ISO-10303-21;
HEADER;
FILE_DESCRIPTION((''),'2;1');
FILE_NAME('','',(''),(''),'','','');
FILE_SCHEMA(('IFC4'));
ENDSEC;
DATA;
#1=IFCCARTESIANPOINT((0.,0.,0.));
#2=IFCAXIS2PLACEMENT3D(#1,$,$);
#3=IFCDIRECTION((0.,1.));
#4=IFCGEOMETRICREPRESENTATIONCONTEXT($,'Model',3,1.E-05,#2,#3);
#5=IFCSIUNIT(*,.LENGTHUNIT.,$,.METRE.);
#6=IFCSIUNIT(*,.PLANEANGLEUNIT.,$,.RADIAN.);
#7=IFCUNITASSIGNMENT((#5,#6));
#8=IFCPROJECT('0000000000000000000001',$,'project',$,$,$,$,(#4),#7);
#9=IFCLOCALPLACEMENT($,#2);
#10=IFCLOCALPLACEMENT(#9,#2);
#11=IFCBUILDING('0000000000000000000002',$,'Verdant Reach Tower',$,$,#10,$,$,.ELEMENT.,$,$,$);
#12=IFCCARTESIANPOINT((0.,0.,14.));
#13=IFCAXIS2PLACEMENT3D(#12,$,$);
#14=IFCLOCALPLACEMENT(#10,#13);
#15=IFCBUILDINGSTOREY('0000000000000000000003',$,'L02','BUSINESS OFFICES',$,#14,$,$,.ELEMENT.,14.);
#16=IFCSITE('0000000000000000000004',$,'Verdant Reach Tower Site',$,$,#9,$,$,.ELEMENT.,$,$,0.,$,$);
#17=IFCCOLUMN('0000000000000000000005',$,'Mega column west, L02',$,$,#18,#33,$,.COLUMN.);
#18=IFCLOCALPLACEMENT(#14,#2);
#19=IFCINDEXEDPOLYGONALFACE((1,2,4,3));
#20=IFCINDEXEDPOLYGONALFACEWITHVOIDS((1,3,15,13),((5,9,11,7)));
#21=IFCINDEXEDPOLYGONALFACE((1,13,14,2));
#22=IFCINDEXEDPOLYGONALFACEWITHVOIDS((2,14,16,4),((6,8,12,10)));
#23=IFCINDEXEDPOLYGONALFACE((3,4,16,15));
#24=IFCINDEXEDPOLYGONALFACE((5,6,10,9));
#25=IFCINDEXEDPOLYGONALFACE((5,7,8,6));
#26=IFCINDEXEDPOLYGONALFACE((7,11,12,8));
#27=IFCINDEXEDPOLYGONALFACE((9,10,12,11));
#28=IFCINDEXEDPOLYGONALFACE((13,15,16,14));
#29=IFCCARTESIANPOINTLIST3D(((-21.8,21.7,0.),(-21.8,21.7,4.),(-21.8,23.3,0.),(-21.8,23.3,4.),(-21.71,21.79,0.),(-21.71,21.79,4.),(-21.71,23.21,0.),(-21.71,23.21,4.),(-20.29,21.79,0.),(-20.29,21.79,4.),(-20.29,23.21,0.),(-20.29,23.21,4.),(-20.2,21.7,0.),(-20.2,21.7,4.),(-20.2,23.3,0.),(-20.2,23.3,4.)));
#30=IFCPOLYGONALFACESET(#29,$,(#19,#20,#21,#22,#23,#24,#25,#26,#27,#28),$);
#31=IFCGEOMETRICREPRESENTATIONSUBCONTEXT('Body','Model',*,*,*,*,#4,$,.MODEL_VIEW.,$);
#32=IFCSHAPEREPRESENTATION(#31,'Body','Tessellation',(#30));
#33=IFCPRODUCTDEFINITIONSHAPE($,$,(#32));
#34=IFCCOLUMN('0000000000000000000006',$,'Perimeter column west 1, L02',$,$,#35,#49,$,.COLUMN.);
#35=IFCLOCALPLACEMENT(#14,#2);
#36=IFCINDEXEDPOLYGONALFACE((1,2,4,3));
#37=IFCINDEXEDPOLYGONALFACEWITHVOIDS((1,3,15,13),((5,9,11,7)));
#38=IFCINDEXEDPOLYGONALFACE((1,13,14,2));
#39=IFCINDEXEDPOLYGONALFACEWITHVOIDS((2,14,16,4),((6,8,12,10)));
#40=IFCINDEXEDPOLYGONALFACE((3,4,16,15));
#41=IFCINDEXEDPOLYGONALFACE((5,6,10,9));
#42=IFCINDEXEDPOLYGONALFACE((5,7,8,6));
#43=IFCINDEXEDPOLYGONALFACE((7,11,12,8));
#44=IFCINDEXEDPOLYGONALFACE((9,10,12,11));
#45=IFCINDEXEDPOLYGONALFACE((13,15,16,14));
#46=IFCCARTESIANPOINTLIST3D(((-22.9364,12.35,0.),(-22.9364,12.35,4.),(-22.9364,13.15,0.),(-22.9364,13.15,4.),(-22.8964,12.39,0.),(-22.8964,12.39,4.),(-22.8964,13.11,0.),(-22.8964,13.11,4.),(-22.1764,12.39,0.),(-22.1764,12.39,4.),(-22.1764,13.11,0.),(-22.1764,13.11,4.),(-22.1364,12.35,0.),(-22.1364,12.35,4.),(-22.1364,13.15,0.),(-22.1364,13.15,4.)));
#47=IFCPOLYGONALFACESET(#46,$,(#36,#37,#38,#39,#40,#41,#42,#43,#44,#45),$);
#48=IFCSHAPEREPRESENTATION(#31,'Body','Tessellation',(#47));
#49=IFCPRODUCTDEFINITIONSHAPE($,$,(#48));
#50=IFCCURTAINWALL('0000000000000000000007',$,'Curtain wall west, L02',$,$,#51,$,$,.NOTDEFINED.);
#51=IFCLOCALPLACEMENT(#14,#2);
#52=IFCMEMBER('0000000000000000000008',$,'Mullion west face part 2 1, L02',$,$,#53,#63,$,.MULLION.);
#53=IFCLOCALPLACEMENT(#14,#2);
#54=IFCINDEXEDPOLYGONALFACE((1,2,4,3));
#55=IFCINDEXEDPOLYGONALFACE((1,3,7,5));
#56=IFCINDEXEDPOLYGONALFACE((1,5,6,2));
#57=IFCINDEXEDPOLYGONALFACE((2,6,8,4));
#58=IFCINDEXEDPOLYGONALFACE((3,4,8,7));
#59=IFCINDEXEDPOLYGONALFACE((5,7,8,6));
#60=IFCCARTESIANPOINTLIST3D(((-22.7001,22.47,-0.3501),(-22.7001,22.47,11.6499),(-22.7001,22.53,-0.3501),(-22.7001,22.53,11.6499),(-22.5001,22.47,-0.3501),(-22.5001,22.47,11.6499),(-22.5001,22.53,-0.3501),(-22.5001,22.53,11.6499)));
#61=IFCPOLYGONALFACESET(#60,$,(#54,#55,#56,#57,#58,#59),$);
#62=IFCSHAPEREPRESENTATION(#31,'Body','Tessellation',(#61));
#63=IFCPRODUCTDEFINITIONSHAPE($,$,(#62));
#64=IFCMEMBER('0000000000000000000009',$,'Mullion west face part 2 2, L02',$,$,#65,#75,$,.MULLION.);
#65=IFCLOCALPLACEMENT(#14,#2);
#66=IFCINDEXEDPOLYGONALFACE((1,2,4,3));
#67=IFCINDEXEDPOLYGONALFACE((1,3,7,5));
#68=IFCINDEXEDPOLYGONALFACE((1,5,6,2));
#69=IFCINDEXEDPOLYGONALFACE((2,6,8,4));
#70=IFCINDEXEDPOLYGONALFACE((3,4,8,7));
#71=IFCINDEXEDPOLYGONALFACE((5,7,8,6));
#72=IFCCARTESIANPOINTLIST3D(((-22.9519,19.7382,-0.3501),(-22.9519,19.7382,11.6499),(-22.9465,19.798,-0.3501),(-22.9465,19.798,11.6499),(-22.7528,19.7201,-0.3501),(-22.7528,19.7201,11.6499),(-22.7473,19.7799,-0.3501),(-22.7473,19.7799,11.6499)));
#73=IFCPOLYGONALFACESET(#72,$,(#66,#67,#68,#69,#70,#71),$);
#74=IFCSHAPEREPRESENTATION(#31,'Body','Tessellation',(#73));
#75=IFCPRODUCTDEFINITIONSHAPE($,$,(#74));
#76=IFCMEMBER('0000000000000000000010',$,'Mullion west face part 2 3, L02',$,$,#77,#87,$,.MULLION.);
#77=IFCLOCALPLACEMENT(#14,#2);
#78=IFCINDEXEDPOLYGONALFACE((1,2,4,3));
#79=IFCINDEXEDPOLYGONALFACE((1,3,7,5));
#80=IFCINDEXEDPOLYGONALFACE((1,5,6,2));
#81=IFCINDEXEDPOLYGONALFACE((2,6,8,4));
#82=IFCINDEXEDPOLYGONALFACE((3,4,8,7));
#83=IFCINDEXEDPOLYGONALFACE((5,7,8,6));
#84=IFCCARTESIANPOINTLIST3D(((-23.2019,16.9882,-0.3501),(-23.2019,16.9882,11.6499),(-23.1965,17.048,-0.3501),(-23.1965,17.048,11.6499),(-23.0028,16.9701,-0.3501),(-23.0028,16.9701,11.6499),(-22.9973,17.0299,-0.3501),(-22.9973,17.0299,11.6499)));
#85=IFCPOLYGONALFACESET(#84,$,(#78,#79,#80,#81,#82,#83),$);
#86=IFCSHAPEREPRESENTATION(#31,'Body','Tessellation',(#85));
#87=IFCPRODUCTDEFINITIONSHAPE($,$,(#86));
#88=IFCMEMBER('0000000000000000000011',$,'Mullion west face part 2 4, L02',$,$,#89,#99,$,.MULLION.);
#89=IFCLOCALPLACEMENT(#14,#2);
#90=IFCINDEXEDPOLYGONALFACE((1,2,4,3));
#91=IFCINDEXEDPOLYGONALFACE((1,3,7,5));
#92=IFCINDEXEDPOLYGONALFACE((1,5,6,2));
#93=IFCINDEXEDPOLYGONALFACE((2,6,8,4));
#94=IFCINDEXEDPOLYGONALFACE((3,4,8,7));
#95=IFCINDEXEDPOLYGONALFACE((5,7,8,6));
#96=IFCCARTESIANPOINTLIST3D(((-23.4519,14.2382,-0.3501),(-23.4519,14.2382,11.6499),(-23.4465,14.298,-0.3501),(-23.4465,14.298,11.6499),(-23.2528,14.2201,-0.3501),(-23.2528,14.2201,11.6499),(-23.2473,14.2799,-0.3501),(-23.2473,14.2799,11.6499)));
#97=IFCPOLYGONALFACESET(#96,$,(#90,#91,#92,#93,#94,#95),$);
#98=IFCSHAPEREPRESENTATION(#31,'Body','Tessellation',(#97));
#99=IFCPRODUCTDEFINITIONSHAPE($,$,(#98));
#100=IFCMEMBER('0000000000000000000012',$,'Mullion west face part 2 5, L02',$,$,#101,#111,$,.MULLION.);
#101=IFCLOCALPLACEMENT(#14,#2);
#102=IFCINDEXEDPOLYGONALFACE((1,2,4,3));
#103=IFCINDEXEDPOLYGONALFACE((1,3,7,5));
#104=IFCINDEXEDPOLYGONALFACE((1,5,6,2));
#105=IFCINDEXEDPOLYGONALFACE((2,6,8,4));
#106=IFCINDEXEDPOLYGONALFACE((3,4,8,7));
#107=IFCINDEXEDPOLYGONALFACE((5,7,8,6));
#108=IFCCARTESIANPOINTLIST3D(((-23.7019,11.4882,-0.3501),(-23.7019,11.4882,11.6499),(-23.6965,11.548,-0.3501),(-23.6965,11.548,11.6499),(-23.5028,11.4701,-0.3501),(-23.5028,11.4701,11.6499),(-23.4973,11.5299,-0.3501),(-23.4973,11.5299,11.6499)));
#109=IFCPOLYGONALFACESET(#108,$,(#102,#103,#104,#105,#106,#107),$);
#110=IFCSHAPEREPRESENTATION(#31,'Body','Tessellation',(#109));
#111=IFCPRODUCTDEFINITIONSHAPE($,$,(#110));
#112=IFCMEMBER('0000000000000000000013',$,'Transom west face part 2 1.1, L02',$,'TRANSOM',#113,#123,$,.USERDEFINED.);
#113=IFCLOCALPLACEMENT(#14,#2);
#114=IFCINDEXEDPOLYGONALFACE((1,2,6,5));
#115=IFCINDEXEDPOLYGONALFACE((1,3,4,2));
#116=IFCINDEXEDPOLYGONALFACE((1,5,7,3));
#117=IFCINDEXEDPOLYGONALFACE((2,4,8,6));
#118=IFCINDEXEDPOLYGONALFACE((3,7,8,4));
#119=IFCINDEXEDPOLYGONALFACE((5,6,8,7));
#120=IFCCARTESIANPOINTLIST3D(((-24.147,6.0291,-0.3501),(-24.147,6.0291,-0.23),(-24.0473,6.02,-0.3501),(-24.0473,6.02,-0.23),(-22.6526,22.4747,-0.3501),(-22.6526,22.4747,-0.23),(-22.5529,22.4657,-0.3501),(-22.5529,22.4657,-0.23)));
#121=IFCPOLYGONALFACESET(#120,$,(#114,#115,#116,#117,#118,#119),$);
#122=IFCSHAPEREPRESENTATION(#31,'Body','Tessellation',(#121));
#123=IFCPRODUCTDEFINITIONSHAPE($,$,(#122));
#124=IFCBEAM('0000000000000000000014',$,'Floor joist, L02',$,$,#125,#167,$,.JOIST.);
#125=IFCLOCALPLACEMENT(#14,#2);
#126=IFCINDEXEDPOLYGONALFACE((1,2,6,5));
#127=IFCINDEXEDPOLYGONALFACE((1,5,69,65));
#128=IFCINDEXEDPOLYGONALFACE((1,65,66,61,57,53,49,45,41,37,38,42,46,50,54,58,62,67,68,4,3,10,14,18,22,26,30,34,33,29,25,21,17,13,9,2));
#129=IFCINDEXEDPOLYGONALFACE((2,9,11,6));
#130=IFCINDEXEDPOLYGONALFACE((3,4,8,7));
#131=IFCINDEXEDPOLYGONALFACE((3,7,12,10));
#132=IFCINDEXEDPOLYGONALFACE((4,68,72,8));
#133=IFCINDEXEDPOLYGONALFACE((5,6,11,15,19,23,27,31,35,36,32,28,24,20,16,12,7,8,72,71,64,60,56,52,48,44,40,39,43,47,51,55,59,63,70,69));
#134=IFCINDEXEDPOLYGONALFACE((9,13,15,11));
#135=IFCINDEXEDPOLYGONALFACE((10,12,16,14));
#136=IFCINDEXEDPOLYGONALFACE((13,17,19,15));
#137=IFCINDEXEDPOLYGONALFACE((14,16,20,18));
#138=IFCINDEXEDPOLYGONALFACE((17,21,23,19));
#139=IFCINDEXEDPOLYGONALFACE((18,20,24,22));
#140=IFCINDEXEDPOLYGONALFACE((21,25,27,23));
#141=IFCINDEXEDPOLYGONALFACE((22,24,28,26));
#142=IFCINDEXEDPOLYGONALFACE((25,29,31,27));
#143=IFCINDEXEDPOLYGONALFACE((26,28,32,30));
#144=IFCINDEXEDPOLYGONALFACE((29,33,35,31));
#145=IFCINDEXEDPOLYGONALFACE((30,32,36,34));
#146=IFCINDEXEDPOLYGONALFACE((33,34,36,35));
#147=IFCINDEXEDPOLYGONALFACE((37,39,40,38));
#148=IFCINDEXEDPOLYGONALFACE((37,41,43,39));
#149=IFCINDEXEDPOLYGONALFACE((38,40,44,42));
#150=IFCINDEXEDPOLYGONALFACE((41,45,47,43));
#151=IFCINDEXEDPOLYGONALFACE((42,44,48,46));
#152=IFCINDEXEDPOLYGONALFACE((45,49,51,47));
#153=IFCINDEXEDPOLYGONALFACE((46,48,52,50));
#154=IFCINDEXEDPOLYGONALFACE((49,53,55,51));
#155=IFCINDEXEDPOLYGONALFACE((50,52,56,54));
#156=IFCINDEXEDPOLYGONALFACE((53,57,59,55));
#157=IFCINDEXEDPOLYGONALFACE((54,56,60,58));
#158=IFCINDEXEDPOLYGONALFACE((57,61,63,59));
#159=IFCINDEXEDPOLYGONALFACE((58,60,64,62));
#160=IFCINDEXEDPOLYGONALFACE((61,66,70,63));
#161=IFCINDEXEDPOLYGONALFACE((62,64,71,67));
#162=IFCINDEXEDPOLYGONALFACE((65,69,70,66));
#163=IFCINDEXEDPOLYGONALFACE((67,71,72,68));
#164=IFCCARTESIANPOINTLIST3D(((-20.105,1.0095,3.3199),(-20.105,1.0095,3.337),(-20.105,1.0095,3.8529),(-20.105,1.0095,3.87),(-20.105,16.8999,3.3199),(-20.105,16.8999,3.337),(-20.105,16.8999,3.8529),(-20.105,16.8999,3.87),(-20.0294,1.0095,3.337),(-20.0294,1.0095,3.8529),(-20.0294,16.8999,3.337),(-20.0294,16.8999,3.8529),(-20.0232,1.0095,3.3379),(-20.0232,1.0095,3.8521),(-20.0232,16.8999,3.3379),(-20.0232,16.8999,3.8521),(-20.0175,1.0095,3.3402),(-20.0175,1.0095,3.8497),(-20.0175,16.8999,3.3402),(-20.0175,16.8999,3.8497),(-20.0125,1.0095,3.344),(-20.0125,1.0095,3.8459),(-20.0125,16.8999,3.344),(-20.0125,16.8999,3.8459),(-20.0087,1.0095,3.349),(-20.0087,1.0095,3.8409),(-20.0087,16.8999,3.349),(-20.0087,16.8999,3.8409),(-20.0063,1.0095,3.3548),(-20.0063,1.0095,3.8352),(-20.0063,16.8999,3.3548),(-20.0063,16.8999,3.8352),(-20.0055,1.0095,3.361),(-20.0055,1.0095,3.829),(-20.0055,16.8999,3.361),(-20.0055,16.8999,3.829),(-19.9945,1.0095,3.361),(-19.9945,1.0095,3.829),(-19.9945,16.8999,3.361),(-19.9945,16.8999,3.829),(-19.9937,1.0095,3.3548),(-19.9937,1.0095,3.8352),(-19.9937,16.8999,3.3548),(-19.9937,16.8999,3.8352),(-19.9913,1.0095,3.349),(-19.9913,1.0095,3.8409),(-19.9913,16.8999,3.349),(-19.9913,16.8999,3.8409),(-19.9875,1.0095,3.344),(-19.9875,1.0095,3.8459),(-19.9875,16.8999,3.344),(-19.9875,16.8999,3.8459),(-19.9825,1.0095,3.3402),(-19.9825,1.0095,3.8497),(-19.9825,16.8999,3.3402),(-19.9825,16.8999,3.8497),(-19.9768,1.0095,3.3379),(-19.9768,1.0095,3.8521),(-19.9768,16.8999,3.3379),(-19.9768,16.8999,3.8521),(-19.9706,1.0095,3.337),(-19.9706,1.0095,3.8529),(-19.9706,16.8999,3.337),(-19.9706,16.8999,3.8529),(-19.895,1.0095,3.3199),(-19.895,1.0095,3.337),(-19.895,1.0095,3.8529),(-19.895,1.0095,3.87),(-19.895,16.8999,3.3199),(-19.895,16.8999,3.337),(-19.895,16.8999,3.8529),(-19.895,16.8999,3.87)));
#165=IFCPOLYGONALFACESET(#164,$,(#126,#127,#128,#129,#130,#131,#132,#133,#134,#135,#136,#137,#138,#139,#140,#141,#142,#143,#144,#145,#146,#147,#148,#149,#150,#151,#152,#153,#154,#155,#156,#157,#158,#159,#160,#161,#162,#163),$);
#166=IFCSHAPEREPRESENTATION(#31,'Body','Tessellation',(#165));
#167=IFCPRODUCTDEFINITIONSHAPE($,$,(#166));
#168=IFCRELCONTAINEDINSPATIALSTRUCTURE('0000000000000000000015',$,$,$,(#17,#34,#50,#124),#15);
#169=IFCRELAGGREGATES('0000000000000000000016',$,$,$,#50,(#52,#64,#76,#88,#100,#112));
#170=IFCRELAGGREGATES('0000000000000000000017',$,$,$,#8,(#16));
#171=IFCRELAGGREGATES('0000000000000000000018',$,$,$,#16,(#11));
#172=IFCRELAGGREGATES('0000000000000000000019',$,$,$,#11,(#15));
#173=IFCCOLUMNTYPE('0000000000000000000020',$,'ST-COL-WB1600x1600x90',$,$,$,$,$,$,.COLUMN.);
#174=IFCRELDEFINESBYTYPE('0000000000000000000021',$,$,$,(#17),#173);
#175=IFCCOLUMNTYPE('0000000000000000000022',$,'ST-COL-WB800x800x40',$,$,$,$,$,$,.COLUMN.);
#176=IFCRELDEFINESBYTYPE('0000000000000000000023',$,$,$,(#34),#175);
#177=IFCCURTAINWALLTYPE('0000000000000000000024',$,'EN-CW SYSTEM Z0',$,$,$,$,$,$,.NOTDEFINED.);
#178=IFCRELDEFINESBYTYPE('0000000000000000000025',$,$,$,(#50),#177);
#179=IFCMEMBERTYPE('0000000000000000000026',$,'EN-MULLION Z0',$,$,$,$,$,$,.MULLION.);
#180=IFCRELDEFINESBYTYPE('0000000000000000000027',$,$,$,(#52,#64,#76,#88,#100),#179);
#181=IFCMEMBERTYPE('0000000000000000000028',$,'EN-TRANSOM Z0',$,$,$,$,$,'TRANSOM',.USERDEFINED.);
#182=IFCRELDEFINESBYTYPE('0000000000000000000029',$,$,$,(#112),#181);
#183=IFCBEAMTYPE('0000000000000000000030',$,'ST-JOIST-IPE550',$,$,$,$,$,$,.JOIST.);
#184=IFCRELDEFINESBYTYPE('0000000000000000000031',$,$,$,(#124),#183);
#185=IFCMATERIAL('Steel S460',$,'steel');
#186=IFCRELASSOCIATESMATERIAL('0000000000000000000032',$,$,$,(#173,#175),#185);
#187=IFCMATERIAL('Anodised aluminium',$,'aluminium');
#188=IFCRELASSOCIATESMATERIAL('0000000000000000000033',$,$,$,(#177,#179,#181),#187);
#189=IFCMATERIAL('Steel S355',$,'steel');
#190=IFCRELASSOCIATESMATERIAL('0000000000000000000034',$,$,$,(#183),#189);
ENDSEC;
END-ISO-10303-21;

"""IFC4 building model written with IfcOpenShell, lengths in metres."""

from ifc_helpers import new_model, si_unit, direction, frame, origin, origin_2d, place, context, subcontext, project, spatial, rectangle, hollow_rectangle, i_section, extrude, material, material_profile, profile_set, type_object, element, aggregate, save


model = new_model("IFC4")

# Units and contexts
model_context = context("Model", 3, precision=1e-05, world=origin(), true_north=direction((0.0, 1.0)))
body_context = subcontext(model_context, "Body", "Model", "MODEL_VIEW")
ifc_project = project(units=[si_unit("LENGTHUNIT", "METRE"), si_unit("PLANEANGLEUNIT", "RADIAN")], contexts=[model_context])

# Site, building, storey
site_placement = place(None, origin())
site = spatial("IfcSite", under=ifc_project, at=site_placement, Name="Verdant Reach Tower Site", CompositionType="ELEMENT", RefElevation=0.0)
building_placement = place(site_placement, origin())
building = spatial("IfcBuilding", under=site, at=building_placement, Name="Verdant Reach Tower", CompositionType="ELEMENT")
storey_placement = place(building_placement, frame((0.0, 0.0, 14.0)))
storey = spatial("IfcBuildingStorey", under=building, at=storey_placement, Name="L02", Description="BUSINESS OFFICES", CompositionType="ELEMENT", Elevation=14.0)

# Columns
ifc_material_1 = material(Name="Steel S460", Category="steel")
ifc_material_profile_1 = material_profile(ifc_material_1, hollow_rectangle(XDim=1.6001, YDim=1.6001, WallThickness=0.0901, at=origin_2d()), Name="WB 1600x1600x90")
ifc_profile_set_1 = profile_set([ifc_material_profile_1], Name="Steel S460")
column_type_1 = type_object("IfcColumnType", Name="ST-COL-WB1600x1600x90", PredefinedType="COLUMN", material=ifc_profile_set_1)
column_1_placement = place(storey_placement, frame((-21.0, 22.5, 0.0), z_axis=(0.0, 0.0, 1.0), x_axis=(1.0, 0.0, 0.0)))
element("IfcColumn", 1, at=column_1_placement, inside=storey, type_object=column_type_1, Name="Mega column west, L02", PredefinedType="COLUMN", context=body_context, shape_type="SweptSolid", body=[
    extrude(hollow_rectangle(XDim=1.6001, YDim=1.6001, WallThickness=0.0901, at=origin_2d()), origin(), (0.0, 0.0, 1.0), 4.0),
])
ifc_material_profile_2 = material_profile(ifc_material_1, hollow_rectangle(XDim=0.8, YDim=0.8, WallThickness=0.04, at=origin_2d()), Name="WB 800x800x40")
ifc_profile_set_2 = profile_set([ifc_material_profile_2], Name="Steel S460")
column_type_2 = type_object("IfcColumnType", Name="ST-COL-WB800x800x40", PredefinedType="COLUMN", material=ifc_profile_set_2)
column_2_placement = place(storey_placement, frame((-22.5364, 12.75, 0.0), z_axis=(0.0, 0.0, 1.0), x_axis=(1.0, 0.0, 0.0)))
element("IfcColumn", 2, at=column_2_placement, inside=storey, type_object=column_type_2, Name="Perimeter column west 1, L02", PredefinedType="COLUMN", context=body_context, shape_type="SweptSolid", body=[
    extrude(hollow_rectangle(XDim=0.8, YDim=0.8, WallThickness=0.04, at=origin_2d()), origin(), (0.0, 0.0, 1.0), 4.0),
])

# Curtain wall, members
ifc_material_2 = material(Name="Anodised aluminium", Category="aluminium")
curtain_wall_type = type_object("IfcCurtainWallType", Name="EN-CW SYSTEM Z0", PredefinedType="NOTDEFINED", material=ifc_material_2)
curtain_wall_placement = place(storey_placement, origin())
curtain_wall = element("IfcCurtainWall", 3, at=curtain_wall_placement, inside=storey, type_object=curtain_wall_type, Name="Curtain wall west, L02", PredefinedType="NOTDEFINED")
ifc_material_profile_3 = material_profile(ifc_material_2, rectangle(XDim=0.2, YDim=0.0601, at=origin_2d()), Name="Mullion 60x200")
ifc_profile_set_3 = profile_set([ifc_material_profile_3], Name="Anodised aluminium")
member_type_1 = type_object("IfcMemberType", Name="EN-MULLION Z0", PredefinedType="MULLION", material=ifc_profile_set_3)
member_1_placement = place(storey_placement, frame((-22.6001, 22.5, -0.3501), z_axis=(0.0, 0.0, 1.0), x_axis=(-1.0, 0.0, 0.0)))
member_1 = element("IfcMember", 4, at=member_1_placement, type_object=member_type_1, Name="Mullion west face part 2 1, L02", PredefinedType="MULLION", context=body_context, shape_type="SweptSolid", body=[
    extrude(rectangle(XDim=0.2, YDim=0.0601, at=origin_2d()), origin(), (0.0, 0.0, 1.0), 12.0),
])
member_2_placement = place(storey_placement, frame((-22.8496, 19.759, -0.3501), z_axis=(0.0, 0.0, 1.0), x_axis=(-0.995893, 0.090536, 0.0)))
member_2 = element("IfcMember", 5, at=member_2_placement, type_object=member_type_1, Name="Mullion west face part 2 2, L02", PredefinedType="MULLION", context=body_context, shape_type="SweptSolid", body=[
    extrude(rectangle(XDim=0.2, YDim=0.0601, at=origin_2d()), origin(), (0.0, 0.0, 1.0), 12.0),
])
member_3_placement = place(storey_placement, frame((-23.0996, 17.009, -0.3501), z_axis=(0.0, 0.0, 1.0), x_axis=(-0.995893, 0.090536, 0.0)))
member_3 = element("IfcMember", 6, at=member_3_placement, type_object=member_type_1, Name="Mullion west face part 2 3, L02", PredefinedType="MULLION", context=body_context, shape_type="SweptSolid", body=[
    extrude(rectangle(XDim=0.2, YDim=0.0601, at=origin_2d()), origin(), (0.0, 0.0, 1.0), 12.0),
])
member_4_placement = place(storey_placement, frame((-23.3496, 14.259, -0.3501), z_axis=(0.0, 0.0, 1.0), x_axis=(-0.995893, 0.090536, 0.0)))
member_4 = element("IfcMember", 7, at=member_4_placement, type_object=member_type_1, Name="Mullion west face part 2 4, L02", PredefinedType="MULLION", context=body_context, shape_type="SweptSolid", body=[
    extrude(rectangle(XDim=0.2, YDim=0.0601, at=origin_2d()), origin(), (0.0, 0.0, 1.0), 12.0),
])
member_5_placement = place(storey_placement, frame((-23.5996, 11.509, -0.3501), z_axis=(0.0, 0.0, 1.0), x_axis=(-0.995893, 0.090536, 0.0)))
member_5 = element("IfcMember", 8, at=member_5_placement, type_object=member_type_1, Name="Mullion west face part 2 5, L02", PredefinedType="MULLION", context=body_context, shape_type="SweptSolid", body=[
    extrude(rectangle(XDim=0.2, YDim=0.0601, at=origin_2d()), origin(), (0.0, 0.0, 1.0), 12.0),
])
ifc_material_profile_4 = material_profile(ifc_material_2, rectangle(XDim=0.1001, YDim=0.1201, at=origin_2d()), Name="Transom 120x100")
ifc_profile_set_4 = profile_set([ifc_material_profile_4], Name="Anodised aluminium")
member_type_2 = type_object("IfcMemberType", Name="EN-TRANSOM Z0", ElementType="TRANSOM", PredefinedType="USERDEFINED", material=ifc_profile_set_4)
member_6_placement = place(storey_placement, frame((-22.6028, 22.4702, -0.29), z_axis=(-0.090496, -0.995897, 0.0), x_axis=(0.995897, -0.090496, 0.0)))
member_6 = element("IfcMember", 9, at=member_6_placement, type_object=member_type_2, Name="Transom west face part 2 1.1, L02", ObjectType="TRANSOM", PredefinedType="USERDEFINED", context=body_context, shape_type="SweptSolid", body=[
    extrude(rectangle(XDim=0.1001, YDim=0.1201, at=origin_2d()), origin(), (0.0, 0.0, 1.0), 16.5134),
])

# Beam
ifc_material_3 = material(Name="Steel S355", Category="steel")
ifc_material_profile_5 = material_profile(ifc_material_3, i_section(OverallWidth=0.21, OverallDepth=0.55, WebThickness=0.011, FlangeThickness=0.0171, FilletRadius=0.0239, at=origin_2d()), Name="IPE 550")
ifc_profile_set_5 = profile_set([ifc_material_profile_5], Name="Steel S355")
beam_type_1 = type_object("IfcBeamType", Name="ST-JOIST-IPE550", PredefinedType="JOIST", material=ifc_profile_set_5)
beam_1_placement = place(storey_placement, frame((-20.0, 16.8999, 3.595), z_axis=(0.0, -1.0, 0.0), x_axis=(1.0, 0.0, 0.0)))
element("IfcBeam", 10, at=beam_1_placement, inside=storey, type_object=beam_type_1, Name="Floor joist, L02", PredefinedType="JOIST", context=body_context, shape_type="SweptSolid", body=[
    extrude(i_section(OverallWidth=0.21, OverallDepth=0.55, WebThickness=0.011, FlangeThickness=0.0171, FilletRadius=0.0239, at=origin_2d()), origin(), (0.0, 0.0, 1.0), 15.8904),
])

aggregate(curtain_wall, [member_1, member_2, member_3, member_4, member_5, member_6])

save(model, "model.ifc")
